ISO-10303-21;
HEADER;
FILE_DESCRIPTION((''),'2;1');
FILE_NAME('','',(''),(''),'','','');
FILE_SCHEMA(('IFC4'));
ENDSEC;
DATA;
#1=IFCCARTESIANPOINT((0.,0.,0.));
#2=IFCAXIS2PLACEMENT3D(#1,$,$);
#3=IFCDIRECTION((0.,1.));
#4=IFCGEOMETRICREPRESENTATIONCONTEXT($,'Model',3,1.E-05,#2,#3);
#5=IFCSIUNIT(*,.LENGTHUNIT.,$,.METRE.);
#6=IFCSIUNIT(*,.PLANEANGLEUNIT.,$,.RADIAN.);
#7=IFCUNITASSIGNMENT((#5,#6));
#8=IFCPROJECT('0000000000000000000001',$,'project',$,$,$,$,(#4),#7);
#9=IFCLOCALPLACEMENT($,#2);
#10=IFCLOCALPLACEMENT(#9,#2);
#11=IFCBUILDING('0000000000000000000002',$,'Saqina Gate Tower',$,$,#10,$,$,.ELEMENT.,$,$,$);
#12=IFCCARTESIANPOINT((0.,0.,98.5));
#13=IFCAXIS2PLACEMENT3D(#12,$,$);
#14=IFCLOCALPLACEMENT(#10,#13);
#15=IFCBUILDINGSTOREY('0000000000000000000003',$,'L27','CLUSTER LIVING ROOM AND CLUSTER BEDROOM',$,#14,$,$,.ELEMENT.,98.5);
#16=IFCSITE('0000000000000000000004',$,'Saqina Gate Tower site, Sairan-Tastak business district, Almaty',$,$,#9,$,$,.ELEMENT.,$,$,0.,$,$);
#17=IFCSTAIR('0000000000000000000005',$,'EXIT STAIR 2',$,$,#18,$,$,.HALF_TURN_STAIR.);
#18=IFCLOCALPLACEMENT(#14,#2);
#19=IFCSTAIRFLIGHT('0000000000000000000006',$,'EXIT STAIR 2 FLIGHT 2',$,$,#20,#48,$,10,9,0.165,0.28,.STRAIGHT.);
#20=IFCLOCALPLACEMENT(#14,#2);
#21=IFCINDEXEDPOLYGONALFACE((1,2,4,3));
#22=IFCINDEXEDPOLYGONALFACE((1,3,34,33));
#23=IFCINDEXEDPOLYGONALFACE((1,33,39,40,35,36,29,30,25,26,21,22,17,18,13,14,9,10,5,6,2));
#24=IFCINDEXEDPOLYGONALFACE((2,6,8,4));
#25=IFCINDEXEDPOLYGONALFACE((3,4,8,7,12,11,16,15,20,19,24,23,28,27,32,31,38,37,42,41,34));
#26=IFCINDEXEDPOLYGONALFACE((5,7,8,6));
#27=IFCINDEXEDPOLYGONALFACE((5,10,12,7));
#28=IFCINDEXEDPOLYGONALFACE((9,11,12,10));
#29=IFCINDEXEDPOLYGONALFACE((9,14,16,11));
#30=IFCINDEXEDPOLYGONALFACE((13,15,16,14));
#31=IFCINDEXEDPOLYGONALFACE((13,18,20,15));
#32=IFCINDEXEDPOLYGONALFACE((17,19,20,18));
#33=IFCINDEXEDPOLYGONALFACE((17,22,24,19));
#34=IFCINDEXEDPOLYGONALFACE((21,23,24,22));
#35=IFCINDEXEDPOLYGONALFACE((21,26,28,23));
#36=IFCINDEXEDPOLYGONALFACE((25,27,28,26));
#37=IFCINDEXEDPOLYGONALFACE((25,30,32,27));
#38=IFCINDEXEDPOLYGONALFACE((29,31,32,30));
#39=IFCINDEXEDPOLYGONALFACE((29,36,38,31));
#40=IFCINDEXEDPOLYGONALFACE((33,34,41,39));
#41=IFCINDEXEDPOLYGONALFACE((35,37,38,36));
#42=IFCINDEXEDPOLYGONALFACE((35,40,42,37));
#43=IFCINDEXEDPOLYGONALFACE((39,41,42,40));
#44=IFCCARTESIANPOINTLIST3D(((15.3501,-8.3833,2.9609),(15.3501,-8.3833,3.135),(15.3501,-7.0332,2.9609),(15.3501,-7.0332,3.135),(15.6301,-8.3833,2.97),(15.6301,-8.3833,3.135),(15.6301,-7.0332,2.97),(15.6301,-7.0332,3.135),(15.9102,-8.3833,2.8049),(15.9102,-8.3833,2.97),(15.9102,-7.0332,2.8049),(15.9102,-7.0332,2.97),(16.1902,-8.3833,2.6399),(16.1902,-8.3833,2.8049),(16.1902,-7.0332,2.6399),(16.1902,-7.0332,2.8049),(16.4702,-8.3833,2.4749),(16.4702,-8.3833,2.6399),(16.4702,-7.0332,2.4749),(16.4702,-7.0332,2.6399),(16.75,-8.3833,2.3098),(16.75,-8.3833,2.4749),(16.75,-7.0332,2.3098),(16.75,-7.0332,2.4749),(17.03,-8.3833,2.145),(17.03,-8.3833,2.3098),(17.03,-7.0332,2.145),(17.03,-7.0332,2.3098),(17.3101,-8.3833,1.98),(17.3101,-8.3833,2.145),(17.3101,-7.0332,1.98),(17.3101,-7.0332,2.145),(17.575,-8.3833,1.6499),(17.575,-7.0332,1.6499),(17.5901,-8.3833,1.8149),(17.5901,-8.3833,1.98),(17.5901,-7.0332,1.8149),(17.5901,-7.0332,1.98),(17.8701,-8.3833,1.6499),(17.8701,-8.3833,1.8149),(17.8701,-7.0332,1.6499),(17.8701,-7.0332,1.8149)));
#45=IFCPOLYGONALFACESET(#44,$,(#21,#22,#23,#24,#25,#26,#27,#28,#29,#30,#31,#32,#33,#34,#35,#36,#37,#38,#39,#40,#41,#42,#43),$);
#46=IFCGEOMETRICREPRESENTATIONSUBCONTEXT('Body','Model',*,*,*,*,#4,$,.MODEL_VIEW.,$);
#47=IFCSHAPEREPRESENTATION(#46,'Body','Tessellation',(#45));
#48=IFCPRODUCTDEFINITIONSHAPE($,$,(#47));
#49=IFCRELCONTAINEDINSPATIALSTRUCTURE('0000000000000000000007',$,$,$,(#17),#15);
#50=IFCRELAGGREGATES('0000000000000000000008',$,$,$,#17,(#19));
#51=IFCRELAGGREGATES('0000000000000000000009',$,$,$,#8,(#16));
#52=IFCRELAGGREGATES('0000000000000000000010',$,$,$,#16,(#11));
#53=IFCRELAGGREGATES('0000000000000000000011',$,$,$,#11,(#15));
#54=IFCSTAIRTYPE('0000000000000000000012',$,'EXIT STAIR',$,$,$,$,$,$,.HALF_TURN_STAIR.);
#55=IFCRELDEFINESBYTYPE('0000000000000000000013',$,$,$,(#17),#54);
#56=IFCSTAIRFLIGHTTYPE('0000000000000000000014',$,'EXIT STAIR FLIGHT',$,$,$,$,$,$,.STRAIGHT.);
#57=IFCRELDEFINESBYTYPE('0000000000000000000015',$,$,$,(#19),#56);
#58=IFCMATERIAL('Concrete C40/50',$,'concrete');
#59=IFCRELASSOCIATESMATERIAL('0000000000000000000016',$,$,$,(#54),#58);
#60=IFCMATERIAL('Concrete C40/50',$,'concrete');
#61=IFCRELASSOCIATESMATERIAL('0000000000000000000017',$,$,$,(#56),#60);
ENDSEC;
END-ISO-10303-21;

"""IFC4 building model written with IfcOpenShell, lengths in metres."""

from ifc_helpers import new_model, si_unit, direction, frame, origin, place, context, subcontext, project, spatial, polyline, outline, extrude, material, type_object, element, aggregate, save


model = new_model("IFC4")

# Units and contexts
model_context = context("Model", 3, precision=1e-05, world=origin(), true_north=direction((0.0, 1.0)))
body_context = subcontext(model_context, "Body", "Model", "MODEL_VIEW")
ifc_project = project(units=[si_unit("LENGTHUNIT", "METRE"), si_unit("PLANEANGLEUNIT", "RADIAN")], contexts=[model_context])

# Site, building, storey
site_placement = place(None, origin())
site = spatial("IfcSite", under=ifc_project, at=site_placement, Name="Saqina Gate Tower site, Sairan-Tastak business district, Almaty", CompositionType="ELEMENT", RefElevation=0.0)
building_placement = place(site_placement, origin())
building = spatial("IfcBuilding", under=site, at=building_placement, Name="Saqina Gate Tower", CompositionType="ELEMENT")
storey_placement = place(building_placement, frame((0.0, 0.0, 98.5)))
storey = spatial("IfcBuildingStorey", under=building, at=storey_placement, Name="L27", Description="CLUSTER LIVING ROOM AND CLUSTER BEDROOM", CompositionType="ELEMENT", Elevation=98.5)

# Stair, stair flight
ifc_material_1 = material(Name="Concrete C40/50", Category="concrete")
stair_type = type_object("IfcStairType", Name="EXIT STAIR", PredefinedType="HALF_TURN_STAIR", material=ifc_material_1)
stair_placement = place(storey_placement, origin())
stair = element("IfcStair", 1, at=stair_placement, inside=storey, type_object=stair_type, Name="EXIT STAIR 2", PredefinedType="HALF_TURN_STAIR")
ifc_material_2 = material(Name="Concrete C40/50", Category="concrete")
stair_flight_type = type_object("IfcStairFlightType", Name="EXIT STAIR FLIGHT", PredefinedType="STRAIGHT", material=ifc_material_2)
stair_flight_1_placement = place(storey_placement, frame((17.8701, -7.7083, 1.6499), z_axis=(0.0, 0.0, 1.0), x_axis=(-1.0, 0.0, 0.0)))
stair_flight_1 = element("IfcStairFlight", 2, at=stair_flight_1_placement, type_object=stair_flight_type, Name="EXIT STAIR 2 FLIGHT 2", NumberOfRisers=10, NumberOfTreads=9, PredefinedType="STRAIGHT", RiserHeight=0.165, TreadLength=0.28, context=body_context, shape_type="SweptSolid", body=[
    extrude(outline(polyline([(0.0, 0.0), (0.0, 0.165), (0.28, 0.165), (0.28, 0.3301), (0.5601, 0.3301), (0.5601, 0.4951), (0.8401, 0.4951), (0.8401, 0.6599), (1.1201, 0.6599), (1.1201, 0.825), (1.3999, 0.825), (1.3999, 0.99), (1.6799, 0.99), (1.6799, 1.155), (1.96, 1.155), (1.96, 1.3201), (2.24, 1.3201), (2.24, 1.4851), (2.52, 1.4851), (2.52, 1.6499), (2.52, 1.311), (0.2952, 0.0), (0.0, 0.0)])), frame((0.0, 0.675, 0.0), z_axis=(0.0, -1.0, 0.0), x_axis=(1.0, 0.0, 0.0)), (0.0, 0.0, 1.0), 1.3501),
])
aggregate(stair, [stair_flight_1])

save(model, "model.ifc")
